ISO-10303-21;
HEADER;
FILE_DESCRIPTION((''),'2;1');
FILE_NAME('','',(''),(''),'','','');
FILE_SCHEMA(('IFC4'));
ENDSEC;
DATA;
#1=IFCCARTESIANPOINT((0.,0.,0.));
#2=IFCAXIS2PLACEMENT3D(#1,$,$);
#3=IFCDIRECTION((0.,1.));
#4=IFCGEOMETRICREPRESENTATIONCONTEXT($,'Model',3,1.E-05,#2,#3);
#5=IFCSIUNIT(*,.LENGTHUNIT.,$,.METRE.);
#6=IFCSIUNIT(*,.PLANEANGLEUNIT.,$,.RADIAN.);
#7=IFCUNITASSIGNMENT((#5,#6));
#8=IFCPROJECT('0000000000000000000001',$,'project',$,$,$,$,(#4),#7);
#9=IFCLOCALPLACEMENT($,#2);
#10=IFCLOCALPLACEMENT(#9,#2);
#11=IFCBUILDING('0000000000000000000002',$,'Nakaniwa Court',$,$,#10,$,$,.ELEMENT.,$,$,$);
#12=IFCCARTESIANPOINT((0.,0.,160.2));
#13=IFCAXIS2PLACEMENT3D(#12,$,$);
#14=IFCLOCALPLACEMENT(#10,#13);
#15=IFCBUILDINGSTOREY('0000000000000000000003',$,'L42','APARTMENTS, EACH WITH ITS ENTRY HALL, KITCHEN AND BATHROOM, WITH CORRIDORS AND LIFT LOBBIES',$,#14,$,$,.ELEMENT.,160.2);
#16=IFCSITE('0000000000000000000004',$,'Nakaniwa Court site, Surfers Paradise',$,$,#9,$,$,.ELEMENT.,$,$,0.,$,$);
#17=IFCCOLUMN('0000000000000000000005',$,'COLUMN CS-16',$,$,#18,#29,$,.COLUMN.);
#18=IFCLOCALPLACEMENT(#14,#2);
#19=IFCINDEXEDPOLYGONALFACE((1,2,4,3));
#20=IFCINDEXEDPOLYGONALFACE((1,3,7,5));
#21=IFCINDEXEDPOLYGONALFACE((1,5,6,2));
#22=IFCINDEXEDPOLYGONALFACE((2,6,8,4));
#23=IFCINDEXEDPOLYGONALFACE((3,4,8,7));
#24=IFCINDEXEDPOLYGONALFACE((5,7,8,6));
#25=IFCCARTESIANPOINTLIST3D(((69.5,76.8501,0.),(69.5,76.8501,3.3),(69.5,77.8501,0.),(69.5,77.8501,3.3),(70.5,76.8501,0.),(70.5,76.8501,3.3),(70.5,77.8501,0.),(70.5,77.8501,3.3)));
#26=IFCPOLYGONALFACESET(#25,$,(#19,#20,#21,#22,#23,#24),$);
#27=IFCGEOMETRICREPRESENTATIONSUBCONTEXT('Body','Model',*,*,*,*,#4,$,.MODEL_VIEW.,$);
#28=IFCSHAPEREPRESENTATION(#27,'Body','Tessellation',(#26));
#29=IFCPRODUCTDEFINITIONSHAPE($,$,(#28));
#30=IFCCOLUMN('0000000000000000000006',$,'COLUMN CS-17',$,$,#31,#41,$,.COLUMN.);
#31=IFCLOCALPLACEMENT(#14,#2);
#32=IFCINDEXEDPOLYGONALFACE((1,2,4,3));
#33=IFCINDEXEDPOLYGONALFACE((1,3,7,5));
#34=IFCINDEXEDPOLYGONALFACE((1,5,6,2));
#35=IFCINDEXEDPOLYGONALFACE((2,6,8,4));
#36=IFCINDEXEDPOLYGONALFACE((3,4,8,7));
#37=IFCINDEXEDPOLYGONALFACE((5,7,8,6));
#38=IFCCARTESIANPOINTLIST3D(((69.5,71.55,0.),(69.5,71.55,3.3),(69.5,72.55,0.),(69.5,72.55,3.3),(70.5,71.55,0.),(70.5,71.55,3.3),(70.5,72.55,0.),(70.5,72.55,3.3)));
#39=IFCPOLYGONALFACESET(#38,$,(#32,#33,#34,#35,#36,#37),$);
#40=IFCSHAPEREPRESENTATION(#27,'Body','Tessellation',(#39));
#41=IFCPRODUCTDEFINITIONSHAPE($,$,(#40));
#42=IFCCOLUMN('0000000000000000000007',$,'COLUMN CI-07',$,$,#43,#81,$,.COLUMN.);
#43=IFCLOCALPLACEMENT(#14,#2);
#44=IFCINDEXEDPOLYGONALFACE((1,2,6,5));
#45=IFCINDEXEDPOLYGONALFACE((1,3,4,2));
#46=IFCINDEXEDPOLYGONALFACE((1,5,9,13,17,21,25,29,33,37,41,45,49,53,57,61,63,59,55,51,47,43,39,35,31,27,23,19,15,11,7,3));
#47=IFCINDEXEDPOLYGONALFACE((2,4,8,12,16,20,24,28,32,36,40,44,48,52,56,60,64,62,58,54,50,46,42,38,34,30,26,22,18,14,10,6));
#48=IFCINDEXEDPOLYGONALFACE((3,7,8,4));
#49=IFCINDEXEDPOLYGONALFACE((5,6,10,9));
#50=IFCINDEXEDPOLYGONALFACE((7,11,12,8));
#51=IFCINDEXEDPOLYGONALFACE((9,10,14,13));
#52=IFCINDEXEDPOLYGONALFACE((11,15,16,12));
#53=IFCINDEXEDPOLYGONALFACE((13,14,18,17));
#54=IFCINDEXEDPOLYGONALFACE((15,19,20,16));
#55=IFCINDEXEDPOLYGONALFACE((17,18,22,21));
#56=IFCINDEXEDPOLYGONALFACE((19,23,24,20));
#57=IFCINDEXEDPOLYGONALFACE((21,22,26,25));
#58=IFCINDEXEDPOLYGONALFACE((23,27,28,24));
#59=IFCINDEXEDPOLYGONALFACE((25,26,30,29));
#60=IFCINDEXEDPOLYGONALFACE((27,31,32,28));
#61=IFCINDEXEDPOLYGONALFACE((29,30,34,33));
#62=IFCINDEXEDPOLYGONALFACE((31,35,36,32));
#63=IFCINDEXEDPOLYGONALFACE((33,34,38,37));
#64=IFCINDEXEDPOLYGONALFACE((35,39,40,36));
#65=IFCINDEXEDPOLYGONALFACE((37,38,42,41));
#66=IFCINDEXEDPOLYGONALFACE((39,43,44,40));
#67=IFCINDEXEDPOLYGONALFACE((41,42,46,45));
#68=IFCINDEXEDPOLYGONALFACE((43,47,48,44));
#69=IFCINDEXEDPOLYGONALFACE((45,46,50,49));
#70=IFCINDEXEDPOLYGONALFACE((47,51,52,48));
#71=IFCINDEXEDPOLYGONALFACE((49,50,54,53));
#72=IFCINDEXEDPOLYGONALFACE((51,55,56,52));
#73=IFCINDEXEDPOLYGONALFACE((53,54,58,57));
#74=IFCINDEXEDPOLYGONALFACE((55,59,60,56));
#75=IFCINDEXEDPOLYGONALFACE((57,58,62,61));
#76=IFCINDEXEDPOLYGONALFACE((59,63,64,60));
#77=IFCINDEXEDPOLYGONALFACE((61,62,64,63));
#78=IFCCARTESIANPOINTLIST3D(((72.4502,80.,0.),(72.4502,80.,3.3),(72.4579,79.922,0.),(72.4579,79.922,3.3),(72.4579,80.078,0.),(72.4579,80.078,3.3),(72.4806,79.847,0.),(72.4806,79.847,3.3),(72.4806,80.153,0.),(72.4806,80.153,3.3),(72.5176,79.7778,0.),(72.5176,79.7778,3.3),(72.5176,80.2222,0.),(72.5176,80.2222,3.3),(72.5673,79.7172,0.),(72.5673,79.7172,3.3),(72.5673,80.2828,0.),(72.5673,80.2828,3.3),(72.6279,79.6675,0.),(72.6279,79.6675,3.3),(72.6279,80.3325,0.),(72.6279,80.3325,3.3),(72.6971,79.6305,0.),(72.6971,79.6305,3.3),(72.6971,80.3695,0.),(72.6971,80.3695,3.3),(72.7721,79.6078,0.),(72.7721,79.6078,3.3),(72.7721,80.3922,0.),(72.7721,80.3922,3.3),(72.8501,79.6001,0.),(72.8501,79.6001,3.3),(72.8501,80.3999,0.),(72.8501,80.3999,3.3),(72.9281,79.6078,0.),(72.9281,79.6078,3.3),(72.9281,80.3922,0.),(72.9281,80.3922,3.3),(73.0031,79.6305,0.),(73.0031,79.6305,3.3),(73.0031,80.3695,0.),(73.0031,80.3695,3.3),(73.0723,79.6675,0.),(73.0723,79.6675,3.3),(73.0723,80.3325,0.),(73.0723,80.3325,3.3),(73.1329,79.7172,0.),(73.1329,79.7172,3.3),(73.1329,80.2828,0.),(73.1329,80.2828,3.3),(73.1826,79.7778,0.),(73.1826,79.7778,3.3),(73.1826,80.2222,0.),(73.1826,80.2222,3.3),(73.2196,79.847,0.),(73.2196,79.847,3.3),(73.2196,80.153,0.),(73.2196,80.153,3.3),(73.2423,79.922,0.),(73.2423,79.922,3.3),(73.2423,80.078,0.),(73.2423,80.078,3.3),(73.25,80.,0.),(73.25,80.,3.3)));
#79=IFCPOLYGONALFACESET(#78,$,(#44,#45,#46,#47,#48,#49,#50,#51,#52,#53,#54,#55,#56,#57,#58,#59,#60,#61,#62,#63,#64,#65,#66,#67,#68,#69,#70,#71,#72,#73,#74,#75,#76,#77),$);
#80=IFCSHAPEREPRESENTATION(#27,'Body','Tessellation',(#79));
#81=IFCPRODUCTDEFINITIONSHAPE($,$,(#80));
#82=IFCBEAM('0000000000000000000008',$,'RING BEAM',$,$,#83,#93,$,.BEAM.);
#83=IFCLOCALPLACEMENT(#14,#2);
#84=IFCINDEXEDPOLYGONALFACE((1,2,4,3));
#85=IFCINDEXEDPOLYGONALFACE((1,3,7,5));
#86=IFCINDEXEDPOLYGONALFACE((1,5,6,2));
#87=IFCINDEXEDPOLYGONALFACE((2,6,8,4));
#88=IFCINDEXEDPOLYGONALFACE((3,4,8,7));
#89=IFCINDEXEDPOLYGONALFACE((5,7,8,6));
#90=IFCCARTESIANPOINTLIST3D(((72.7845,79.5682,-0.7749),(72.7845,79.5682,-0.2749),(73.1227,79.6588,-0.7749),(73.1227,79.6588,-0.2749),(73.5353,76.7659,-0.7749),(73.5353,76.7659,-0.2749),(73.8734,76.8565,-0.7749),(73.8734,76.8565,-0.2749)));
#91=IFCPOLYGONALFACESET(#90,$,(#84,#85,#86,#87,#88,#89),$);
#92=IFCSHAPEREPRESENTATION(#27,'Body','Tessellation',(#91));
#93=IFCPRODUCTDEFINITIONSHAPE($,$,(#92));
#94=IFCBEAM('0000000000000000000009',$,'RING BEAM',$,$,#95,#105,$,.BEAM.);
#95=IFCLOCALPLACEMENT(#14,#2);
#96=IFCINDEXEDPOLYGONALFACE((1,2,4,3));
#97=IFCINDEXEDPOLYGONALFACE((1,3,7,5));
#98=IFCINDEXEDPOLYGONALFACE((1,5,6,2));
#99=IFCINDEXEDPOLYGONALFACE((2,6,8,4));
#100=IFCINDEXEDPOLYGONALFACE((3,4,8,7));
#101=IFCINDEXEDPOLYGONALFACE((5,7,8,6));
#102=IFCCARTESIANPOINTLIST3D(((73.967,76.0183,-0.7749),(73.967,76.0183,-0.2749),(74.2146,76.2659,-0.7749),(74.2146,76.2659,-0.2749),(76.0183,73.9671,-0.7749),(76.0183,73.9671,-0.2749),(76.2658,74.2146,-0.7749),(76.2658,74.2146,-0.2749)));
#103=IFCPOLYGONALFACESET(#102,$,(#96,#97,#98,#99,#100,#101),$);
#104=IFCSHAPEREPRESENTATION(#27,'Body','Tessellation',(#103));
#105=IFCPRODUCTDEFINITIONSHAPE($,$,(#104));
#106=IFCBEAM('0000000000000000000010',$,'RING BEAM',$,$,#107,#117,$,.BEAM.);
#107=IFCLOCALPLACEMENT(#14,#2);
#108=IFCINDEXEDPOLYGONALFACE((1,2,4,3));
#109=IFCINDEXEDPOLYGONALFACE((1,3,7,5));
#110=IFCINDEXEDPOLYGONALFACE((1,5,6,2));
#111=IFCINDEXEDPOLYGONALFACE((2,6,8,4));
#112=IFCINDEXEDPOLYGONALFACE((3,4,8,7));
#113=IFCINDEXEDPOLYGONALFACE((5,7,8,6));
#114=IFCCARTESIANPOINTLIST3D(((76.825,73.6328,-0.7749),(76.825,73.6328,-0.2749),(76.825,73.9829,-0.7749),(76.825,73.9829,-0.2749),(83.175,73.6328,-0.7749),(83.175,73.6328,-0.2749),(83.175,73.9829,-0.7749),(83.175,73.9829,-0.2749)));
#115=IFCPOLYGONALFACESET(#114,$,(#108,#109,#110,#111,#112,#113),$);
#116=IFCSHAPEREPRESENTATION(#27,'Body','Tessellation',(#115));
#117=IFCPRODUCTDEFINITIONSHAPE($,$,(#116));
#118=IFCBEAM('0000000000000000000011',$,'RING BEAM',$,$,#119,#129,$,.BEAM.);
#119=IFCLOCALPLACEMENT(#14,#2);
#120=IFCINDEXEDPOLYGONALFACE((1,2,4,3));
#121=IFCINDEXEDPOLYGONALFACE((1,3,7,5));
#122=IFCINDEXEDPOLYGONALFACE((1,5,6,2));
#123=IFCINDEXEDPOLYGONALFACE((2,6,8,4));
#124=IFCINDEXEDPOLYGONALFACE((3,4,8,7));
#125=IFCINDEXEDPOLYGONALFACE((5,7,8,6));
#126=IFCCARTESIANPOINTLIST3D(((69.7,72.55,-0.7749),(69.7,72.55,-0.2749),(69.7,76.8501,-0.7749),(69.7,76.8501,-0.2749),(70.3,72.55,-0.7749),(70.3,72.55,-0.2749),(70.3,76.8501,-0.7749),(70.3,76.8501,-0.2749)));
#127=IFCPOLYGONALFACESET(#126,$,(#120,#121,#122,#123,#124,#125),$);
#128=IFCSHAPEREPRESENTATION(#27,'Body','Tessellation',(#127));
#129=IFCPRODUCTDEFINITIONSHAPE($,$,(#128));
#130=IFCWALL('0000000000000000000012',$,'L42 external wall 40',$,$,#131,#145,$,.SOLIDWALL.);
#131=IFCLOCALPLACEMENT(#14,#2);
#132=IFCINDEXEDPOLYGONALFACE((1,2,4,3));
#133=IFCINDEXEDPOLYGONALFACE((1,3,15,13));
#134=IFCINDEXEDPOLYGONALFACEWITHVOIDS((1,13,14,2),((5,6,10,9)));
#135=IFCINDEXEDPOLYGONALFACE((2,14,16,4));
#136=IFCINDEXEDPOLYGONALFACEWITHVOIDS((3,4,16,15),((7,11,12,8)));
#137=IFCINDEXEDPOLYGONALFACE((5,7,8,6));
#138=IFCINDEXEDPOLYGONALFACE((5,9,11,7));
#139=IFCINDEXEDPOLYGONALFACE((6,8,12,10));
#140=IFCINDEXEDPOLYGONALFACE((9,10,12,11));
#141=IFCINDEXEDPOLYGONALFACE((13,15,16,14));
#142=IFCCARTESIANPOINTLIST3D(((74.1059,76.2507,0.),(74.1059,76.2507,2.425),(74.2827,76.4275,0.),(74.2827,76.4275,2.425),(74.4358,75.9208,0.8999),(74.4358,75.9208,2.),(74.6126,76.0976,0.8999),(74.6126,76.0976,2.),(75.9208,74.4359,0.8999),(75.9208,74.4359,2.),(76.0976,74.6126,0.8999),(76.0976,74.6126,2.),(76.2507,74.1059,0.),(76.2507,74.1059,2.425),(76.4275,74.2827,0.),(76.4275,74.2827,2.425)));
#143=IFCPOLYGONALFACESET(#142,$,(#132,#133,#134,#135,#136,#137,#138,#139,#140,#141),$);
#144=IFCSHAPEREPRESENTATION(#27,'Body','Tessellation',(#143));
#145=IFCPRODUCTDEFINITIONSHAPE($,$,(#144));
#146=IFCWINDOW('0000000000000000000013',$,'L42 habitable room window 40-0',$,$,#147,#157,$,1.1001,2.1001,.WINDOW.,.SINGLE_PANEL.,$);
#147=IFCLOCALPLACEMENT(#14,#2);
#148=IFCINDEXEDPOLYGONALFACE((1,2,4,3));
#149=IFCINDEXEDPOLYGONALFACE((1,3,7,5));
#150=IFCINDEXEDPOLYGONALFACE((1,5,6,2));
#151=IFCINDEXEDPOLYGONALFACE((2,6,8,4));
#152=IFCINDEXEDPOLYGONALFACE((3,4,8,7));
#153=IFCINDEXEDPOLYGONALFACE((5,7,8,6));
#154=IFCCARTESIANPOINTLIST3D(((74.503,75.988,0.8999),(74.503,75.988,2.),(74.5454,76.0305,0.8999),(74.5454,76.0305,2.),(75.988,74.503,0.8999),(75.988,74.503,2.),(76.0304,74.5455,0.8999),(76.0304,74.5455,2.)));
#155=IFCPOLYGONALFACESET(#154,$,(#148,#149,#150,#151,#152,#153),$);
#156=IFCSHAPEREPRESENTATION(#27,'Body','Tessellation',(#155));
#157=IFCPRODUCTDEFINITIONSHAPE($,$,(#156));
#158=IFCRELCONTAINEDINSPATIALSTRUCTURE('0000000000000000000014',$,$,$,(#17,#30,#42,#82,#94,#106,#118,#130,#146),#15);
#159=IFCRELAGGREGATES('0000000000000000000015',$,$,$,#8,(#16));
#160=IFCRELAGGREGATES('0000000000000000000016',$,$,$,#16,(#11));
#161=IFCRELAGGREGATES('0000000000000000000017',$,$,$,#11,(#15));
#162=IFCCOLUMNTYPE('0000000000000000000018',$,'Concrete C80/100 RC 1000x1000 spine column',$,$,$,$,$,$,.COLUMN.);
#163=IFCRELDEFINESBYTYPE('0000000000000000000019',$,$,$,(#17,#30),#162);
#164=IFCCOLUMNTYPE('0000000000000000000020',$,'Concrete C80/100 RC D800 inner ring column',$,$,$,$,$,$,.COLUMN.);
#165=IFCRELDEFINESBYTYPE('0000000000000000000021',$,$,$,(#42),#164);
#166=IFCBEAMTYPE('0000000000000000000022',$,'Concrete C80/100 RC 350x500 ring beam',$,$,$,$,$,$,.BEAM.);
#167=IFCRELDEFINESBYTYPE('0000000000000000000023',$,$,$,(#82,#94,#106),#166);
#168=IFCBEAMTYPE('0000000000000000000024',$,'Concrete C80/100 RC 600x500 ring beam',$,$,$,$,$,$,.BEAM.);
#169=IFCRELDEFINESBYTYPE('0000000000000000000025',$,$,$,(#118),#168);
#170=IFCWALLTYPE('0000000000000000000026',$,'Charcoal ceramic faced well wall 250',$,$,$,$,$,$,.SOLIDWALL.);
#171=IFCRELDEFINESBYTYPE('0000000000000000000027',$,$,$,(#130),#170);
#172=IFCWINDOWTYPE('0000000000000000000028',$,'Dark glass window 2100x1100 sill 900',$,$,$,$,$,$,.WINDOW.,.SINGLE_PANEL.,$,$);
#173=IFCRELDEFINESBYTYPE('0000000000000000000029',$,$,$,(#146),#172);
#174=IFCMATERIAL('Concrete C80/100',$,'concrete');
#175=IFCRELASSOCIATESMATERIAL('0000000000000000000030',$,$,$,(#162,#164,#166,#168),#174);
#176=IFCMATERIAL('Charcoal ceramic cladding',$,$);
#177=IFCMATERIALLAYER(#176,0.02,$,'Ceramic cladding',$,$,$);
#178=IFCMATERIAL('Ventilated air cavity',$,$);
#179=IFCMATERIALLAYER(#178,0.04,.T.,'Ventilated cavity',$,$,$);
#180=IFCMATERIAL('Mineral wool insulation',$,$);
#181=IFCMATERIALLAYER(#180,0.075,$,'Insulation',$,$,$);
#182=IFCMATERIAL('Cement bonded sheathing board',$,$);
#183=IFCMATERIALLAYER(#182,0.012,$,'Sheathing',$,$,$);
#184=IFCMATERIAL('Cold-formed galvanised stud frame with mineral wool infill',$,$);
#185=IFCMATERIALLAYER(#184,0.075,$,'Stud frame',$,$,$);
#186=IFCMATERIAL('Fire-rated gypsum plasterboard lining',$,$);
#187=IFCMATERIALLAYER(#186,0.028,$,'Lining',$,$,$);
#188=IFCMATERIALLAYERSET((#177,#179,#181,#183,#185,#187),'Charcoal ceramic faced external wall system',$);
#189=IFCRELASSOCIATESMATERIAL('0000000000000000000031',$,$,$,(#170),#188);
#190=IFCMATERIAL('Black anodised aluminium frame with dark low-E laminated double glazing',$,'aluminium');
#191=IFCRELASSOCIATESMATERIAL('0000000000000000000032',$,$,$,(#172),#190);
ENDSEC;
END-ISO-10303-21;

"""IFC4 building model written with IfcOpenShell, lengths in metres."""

from ifc_helpers import new_model, si_unit, direction, frame, frame_2d, origin, origin_2d, place, context, subcontext, project, spatial, rectangle, circle, extrude, material, layer, layer_set, material_profile, profile_set, type_object, element, fill, save


model = new_model("IFC4")

# Units and contexts
model_context = context("Model", 3, precision=1e-05, world=origin(), true_north=direction((0.0, 1.0)))
body_context = subcontext(model_context, "Body", "Model", "MODEL_VIEW")
ifc_project = project(units=[si_unit("LENGTHUNIT", "METRE"), si_unit("PLANEANGLEUNIT", "RADIAN")], contexts=[model_context])

# Site, building, storey
site_placement = place(None, origin())
site = spatial("IfcSite", under=ifc_project, at=site_placement, Name="Nakaniwa Court site, Surfers Paradise", CompositionType="ELEMENT", RefElevation=0.0)
building_placement = place(site_placement, origin())
building = spatial("IfcBuilding", under=site, at=building_placement, Name="Nakaniwa Court", CompositionType="ELEMENT")
storey_placement = place(building_placement, frame((0.0, 0.0, 160.2)))
storey = spatial("IfcBuildingStorey", under=building, at=storey_placement, Name="L42", Description="APARTMENTS, EACH WITH ITS ENTRY HALL, KITCHEN AND BATHROOM, WITH CORRIDORS AND LIFT LOBBIES", CompositionType="ELEMENT", Elevation=160.2)

# Columns
ifc_material_1 = material(Name="Concrete C80/100", Category="concrete")
ifc_material_profile_1 = material_profile(ifc_material_1, rectangle(XDim=1.0, YDim=1.0, at=origin_2d()), Name="Concrete C80/100 RC 1000x1000 spine column")
ifc_profile_set_1 = profile_set([ifc_material_profile_1], Name="Concrete C80/100")
column_type_1 = type_object("IfcColumnType", Name="Concrete C80/100 RC 1000x1000 spine column", PredefinedType="COLUMN", material=ifc_profile_set_1)
for number, where, z_axis, x_axis, name in (
    (1, (70.0, 77.3501, 0.0), (0.0, 0.0, 1.0), (0.0, -1.0, 0.0), "COLUMN CS-16"),
    (2, (70.0, 72.05, 0.0), (0.0, 0.0, 1.0), (0.0, -1.0, 0.0), "COLUMN CS-17"),
):
    element("IfcColumn", number, at=place(storey_placement, frame(where, z_axis=z_axis, x_axis=x_axis)), inside=storey, type_object=column_type_1, Name=name, PredefinedType="COLUMN", context=body_context, shape_type="SweptSolid", body=[
        extrude(rectangle(XDim=1.0, YDim=1.0, at=origin_2d()), origin(), (0.0, 0.0, 1.0), 3.3),
    ])
ifc_material_profile_2 = material_profile(ifc_material_1, circle(Radius=0.3999, at=origin_2d()), Name="Concrete C80/100 RC D800 inner ring column")
ifc_profile_set_2 = profile_set([ifc_material_profile_2], Name="Concrete C80/100")
column_type_2 = type_object("IfcColumnType", Name="Concrete C80/100 RC D800 inner ring column", PredefinedType="COLUMN", material=ifc_profile_set_2)
for number, where, z_axis, x_axis, name in (
    (3, (72.8501, 80.0, 0.0), (0.0, 0.0, 1.0), (0.0, -1.0, 0.0), "COLUMN CI-07"),
):
    element("IfcColumn", number, at=place(storey_placement, frame(where, z_axis=z_axis, x_axis=x_axis)), inside=storey, type_object=column_type_2, Name=name, PredefinedType="COLUMN", context=body_context, shape_type="SweptSolid", body=[
        extrude(circle(Radius=0.3999, at=origin_2d()), origin(), (0.0, 0.0, 1.0), 3.3),
    ])

# Beams
ifc_material_profile_3 = material_profile(ifc_material_1, rectangle(XDim=0.3501, YDim=0.5, at=origin_2d()), Name="Concrete C80/100 RC 350x500 ring beam")
ifc_profile_set_3 = profile_set([ifc_material_profile_3], Name="Concrete C80/100")
beam_type_1 = type_object("IfcBeamType", Name="Concrete C80/100 RC 350x500 ring beam", PredefinedType="BEAM", material=ifc_profile_set_3)
beam_1_placement = place(storey_placement, frame((72.9536, 79.6135, -0.5249), z_axis=(0.258778, -0.965937, 0.0), x_axis=(0.965937, 0.258778, 0.0)))
element("IfcBeam", 4, at=beam_1_placement, inside=storey, type_object=beam_type_1, Name="RING BEAM", PredefinedType="BEAM", context=body_context, shape_type="SweptSolid", body=[
    extrude(rectangle(XDim=0.3501, YDim=0.5, at=origin_2d()), origin(), (0.0, 0.0, 1.0), 2.9011),
])
beam_2_placement = place(storey_placement, frame((74.0908, 76.1421, -0.5249), z_axis=(0.707107, -0.707107, 0.0), x_axis=(0.707107, 0.707107, 0.0)))
element("IfcBeam", 5, at=beam_2_placement, inside=storey, type_object=beam_type_1, Name="RING BEAM", PredefinedType="BEAM", context=body_context, shape_type="SweptSolid", body=[
    extrude(rectangle(XDim=0.3501, YDim=0.5, at=origin_2d()), origin(), (0.0, 0.0, 1.0), 2.9009),
])
beam_3_placement = place(storey_placement, frame((76.825, 73.8079, -0.5249), z_axis=(1.0, 0.0, 0.0), x_axis=(0.0, 1.0, 0.0)))
element("IfcBeam", 6, at=beam_3_placement, inside=storey, type_object=beam_type_1, Name="RING BEAM", PredefinedType="BEAM", context=body_context, shape_type="SweptSolid", body=[
    extrude(rectangle(XDim=0.3501, YDim=0.5, at=origin_2d()), origin(), (0.0, 0.0, 1.0), 6.3501),
])
ifc_material_profile_4 = material_profile(ifc_material_1, rectangle(XDim=0.6001, YDim=0.5, at=origin_2d()), Name="Concrete C80/100 RC 600x500 ring beam")
ifc_profile_set_4 = profile_set([ifc_material_profile_4], Name="Concrete C80/100")
beam_type_2 = type_object("IfcBeamType", Name="Concrete C80/100 RC 600x500 ring beam", PredefinedType="BEAM", material=ifc_profile_set_4)
beam_4_placement = place(storey_placement, frame((70.0, 76.8501, -0.5249), z_axis=(0.0, -1.0, 0.0), x_axis=(1.0, 0.0, 0.0)))
element("IfcBeam", 7, at=beam_4_placement, inside=storey, type_object=beam_type_2, Name="RING BEAM", PredefinedType="BEAM", context=body_context, shape_type="SweptSolid", body=[
    extrude(rectangle(XDim=0.6001, YDim=0.5, at=origin_2d()), origin(), (0.0, 0.0, 1.0), 4.3),
])

# Wall, opening, window
ifc_material_2 = material(Name="Charcoal ceramic cladding")
ifc_layer_1 = layer(ifc_material_2, 0.02, Name="Ceramic cladding")
ifc_material_3 = material(Name="Ventilated air cavity")
ifc_layer_2 = layer(ifc_material_3, 0.04, ventilated=True, Name="Ventilated cavity")
ifc_material_4 = material(Name="Mineral wool insulation")
ifc_layer_3 = layer(ifc_material_4, 0.075, Name="Insulation")
ifc_material_5 = material(Name="Cement bonded sheathing board")
ifc_layer_4 = layer(ifc_material_5, 0.012, Name="Sheathing")
ifc_material_6 = material(Name="Cold-formed galvanised stud frame with mineral wool infill")
ifc_layer_5 = layer(ifc_material_6, 0.075, Name="Stud frame")
ifc_material_7 = material(Name="Fire-rated gypsum plasterboard lining")
ifc_layer_6 = layer(ifc_material_7, 0.028, Name="Lining")
ifc_layer_set_1 = layer_set([ifc_layer_1, ifc_layer_2, ifc_layer_3, ifc_layer_4, ifc_layer_5, ifc_layer_6], Name="Charcoal ceramic faced external wall system")
wall_type_1 = type_object("IfcWallType", Name="Charcoal ceramic faced well wall 250", PredefinedType="SOLIDWALL", material=ifc_layer_set_1)
wall_1_placement = place(storey_placement, frame((76.3391, 74.1943, 0.0), z_axis=(0.0, 0.0, 1.0), x_axis=(-0.707107, 0.707107, 0.0)))
wall_1 = element("IfcWall", 8, at=wall_1_placement, inside=storey, type_object=wall_type_1, Name="L42 external wall 40", PredefinedType="SOLIDWALL", context=body_context, shape_type="SweptSolid", body=[
    extrude(rectangle(XDim=3.0332, YDim=0.25, at=frame_2d((1.5166, 0.0))), origin(), (0.0, 0.0, 1.0), 2.425),
])
opening_1_placement = place(wall_1_placement, frame((0.4666, 0.0, 0.8999)))
opening_1 = element("IfcOpeningElement", 9, at=opening_1_placement, cuts=wall_1, PredefinedType="OPENING", context=body_context, shape_type="SweptSolid", body=[
    extrude(rectangle(XDim=2.1001, YDim=1.1001, at=frame_2d((1.05, 0.55))), frame((0.0, 0.135, 0.0), z_axis=(0.0, -1.0, 0.0), x_axis=(1.0, 0.0, 0.0)), (0.0, 0.0, 1.0), 0.27),
])
ifc_material_8 = material(Name="Black anodised aluminium frame with dark low-E laminated double glazing", Category="aluminium")
window_type = type_object("IfcWindowType", Name="Dark glass window 2100x1100 sill 900", PartitioningType="SINGLE_PANEL", PredefinedType="WINDOW", material=ifc_material_8)
window_1_placement = place(opening_1_placement, origin())
window_1 = element("IfcWindow", 10, at=window_1_placement, inside=storey, type_object=window_type, Name="L42 habitable room window 40-0", OverallHeight=1.1001, OverallWidth=2.1001, PartitioningType="SINGLE_PANEL", PredefinedType="WINDOW", context=body_context, shape_type="SweptSolid", body=[
    extrude(rectangle(XDim=2.1001, YDim=1.1001, at=frame_2d((1.05, 0.55))), frame((0.0, 0.03, 0.0), z_axis=(0.0, -1.0, 0.0), x_axis=(1.0, 0.0, 0.0)), (0.0, 0.0, 1.0), 0.0601),
])
fill(opening_1, window_1)

save(model, "model.ifc")
